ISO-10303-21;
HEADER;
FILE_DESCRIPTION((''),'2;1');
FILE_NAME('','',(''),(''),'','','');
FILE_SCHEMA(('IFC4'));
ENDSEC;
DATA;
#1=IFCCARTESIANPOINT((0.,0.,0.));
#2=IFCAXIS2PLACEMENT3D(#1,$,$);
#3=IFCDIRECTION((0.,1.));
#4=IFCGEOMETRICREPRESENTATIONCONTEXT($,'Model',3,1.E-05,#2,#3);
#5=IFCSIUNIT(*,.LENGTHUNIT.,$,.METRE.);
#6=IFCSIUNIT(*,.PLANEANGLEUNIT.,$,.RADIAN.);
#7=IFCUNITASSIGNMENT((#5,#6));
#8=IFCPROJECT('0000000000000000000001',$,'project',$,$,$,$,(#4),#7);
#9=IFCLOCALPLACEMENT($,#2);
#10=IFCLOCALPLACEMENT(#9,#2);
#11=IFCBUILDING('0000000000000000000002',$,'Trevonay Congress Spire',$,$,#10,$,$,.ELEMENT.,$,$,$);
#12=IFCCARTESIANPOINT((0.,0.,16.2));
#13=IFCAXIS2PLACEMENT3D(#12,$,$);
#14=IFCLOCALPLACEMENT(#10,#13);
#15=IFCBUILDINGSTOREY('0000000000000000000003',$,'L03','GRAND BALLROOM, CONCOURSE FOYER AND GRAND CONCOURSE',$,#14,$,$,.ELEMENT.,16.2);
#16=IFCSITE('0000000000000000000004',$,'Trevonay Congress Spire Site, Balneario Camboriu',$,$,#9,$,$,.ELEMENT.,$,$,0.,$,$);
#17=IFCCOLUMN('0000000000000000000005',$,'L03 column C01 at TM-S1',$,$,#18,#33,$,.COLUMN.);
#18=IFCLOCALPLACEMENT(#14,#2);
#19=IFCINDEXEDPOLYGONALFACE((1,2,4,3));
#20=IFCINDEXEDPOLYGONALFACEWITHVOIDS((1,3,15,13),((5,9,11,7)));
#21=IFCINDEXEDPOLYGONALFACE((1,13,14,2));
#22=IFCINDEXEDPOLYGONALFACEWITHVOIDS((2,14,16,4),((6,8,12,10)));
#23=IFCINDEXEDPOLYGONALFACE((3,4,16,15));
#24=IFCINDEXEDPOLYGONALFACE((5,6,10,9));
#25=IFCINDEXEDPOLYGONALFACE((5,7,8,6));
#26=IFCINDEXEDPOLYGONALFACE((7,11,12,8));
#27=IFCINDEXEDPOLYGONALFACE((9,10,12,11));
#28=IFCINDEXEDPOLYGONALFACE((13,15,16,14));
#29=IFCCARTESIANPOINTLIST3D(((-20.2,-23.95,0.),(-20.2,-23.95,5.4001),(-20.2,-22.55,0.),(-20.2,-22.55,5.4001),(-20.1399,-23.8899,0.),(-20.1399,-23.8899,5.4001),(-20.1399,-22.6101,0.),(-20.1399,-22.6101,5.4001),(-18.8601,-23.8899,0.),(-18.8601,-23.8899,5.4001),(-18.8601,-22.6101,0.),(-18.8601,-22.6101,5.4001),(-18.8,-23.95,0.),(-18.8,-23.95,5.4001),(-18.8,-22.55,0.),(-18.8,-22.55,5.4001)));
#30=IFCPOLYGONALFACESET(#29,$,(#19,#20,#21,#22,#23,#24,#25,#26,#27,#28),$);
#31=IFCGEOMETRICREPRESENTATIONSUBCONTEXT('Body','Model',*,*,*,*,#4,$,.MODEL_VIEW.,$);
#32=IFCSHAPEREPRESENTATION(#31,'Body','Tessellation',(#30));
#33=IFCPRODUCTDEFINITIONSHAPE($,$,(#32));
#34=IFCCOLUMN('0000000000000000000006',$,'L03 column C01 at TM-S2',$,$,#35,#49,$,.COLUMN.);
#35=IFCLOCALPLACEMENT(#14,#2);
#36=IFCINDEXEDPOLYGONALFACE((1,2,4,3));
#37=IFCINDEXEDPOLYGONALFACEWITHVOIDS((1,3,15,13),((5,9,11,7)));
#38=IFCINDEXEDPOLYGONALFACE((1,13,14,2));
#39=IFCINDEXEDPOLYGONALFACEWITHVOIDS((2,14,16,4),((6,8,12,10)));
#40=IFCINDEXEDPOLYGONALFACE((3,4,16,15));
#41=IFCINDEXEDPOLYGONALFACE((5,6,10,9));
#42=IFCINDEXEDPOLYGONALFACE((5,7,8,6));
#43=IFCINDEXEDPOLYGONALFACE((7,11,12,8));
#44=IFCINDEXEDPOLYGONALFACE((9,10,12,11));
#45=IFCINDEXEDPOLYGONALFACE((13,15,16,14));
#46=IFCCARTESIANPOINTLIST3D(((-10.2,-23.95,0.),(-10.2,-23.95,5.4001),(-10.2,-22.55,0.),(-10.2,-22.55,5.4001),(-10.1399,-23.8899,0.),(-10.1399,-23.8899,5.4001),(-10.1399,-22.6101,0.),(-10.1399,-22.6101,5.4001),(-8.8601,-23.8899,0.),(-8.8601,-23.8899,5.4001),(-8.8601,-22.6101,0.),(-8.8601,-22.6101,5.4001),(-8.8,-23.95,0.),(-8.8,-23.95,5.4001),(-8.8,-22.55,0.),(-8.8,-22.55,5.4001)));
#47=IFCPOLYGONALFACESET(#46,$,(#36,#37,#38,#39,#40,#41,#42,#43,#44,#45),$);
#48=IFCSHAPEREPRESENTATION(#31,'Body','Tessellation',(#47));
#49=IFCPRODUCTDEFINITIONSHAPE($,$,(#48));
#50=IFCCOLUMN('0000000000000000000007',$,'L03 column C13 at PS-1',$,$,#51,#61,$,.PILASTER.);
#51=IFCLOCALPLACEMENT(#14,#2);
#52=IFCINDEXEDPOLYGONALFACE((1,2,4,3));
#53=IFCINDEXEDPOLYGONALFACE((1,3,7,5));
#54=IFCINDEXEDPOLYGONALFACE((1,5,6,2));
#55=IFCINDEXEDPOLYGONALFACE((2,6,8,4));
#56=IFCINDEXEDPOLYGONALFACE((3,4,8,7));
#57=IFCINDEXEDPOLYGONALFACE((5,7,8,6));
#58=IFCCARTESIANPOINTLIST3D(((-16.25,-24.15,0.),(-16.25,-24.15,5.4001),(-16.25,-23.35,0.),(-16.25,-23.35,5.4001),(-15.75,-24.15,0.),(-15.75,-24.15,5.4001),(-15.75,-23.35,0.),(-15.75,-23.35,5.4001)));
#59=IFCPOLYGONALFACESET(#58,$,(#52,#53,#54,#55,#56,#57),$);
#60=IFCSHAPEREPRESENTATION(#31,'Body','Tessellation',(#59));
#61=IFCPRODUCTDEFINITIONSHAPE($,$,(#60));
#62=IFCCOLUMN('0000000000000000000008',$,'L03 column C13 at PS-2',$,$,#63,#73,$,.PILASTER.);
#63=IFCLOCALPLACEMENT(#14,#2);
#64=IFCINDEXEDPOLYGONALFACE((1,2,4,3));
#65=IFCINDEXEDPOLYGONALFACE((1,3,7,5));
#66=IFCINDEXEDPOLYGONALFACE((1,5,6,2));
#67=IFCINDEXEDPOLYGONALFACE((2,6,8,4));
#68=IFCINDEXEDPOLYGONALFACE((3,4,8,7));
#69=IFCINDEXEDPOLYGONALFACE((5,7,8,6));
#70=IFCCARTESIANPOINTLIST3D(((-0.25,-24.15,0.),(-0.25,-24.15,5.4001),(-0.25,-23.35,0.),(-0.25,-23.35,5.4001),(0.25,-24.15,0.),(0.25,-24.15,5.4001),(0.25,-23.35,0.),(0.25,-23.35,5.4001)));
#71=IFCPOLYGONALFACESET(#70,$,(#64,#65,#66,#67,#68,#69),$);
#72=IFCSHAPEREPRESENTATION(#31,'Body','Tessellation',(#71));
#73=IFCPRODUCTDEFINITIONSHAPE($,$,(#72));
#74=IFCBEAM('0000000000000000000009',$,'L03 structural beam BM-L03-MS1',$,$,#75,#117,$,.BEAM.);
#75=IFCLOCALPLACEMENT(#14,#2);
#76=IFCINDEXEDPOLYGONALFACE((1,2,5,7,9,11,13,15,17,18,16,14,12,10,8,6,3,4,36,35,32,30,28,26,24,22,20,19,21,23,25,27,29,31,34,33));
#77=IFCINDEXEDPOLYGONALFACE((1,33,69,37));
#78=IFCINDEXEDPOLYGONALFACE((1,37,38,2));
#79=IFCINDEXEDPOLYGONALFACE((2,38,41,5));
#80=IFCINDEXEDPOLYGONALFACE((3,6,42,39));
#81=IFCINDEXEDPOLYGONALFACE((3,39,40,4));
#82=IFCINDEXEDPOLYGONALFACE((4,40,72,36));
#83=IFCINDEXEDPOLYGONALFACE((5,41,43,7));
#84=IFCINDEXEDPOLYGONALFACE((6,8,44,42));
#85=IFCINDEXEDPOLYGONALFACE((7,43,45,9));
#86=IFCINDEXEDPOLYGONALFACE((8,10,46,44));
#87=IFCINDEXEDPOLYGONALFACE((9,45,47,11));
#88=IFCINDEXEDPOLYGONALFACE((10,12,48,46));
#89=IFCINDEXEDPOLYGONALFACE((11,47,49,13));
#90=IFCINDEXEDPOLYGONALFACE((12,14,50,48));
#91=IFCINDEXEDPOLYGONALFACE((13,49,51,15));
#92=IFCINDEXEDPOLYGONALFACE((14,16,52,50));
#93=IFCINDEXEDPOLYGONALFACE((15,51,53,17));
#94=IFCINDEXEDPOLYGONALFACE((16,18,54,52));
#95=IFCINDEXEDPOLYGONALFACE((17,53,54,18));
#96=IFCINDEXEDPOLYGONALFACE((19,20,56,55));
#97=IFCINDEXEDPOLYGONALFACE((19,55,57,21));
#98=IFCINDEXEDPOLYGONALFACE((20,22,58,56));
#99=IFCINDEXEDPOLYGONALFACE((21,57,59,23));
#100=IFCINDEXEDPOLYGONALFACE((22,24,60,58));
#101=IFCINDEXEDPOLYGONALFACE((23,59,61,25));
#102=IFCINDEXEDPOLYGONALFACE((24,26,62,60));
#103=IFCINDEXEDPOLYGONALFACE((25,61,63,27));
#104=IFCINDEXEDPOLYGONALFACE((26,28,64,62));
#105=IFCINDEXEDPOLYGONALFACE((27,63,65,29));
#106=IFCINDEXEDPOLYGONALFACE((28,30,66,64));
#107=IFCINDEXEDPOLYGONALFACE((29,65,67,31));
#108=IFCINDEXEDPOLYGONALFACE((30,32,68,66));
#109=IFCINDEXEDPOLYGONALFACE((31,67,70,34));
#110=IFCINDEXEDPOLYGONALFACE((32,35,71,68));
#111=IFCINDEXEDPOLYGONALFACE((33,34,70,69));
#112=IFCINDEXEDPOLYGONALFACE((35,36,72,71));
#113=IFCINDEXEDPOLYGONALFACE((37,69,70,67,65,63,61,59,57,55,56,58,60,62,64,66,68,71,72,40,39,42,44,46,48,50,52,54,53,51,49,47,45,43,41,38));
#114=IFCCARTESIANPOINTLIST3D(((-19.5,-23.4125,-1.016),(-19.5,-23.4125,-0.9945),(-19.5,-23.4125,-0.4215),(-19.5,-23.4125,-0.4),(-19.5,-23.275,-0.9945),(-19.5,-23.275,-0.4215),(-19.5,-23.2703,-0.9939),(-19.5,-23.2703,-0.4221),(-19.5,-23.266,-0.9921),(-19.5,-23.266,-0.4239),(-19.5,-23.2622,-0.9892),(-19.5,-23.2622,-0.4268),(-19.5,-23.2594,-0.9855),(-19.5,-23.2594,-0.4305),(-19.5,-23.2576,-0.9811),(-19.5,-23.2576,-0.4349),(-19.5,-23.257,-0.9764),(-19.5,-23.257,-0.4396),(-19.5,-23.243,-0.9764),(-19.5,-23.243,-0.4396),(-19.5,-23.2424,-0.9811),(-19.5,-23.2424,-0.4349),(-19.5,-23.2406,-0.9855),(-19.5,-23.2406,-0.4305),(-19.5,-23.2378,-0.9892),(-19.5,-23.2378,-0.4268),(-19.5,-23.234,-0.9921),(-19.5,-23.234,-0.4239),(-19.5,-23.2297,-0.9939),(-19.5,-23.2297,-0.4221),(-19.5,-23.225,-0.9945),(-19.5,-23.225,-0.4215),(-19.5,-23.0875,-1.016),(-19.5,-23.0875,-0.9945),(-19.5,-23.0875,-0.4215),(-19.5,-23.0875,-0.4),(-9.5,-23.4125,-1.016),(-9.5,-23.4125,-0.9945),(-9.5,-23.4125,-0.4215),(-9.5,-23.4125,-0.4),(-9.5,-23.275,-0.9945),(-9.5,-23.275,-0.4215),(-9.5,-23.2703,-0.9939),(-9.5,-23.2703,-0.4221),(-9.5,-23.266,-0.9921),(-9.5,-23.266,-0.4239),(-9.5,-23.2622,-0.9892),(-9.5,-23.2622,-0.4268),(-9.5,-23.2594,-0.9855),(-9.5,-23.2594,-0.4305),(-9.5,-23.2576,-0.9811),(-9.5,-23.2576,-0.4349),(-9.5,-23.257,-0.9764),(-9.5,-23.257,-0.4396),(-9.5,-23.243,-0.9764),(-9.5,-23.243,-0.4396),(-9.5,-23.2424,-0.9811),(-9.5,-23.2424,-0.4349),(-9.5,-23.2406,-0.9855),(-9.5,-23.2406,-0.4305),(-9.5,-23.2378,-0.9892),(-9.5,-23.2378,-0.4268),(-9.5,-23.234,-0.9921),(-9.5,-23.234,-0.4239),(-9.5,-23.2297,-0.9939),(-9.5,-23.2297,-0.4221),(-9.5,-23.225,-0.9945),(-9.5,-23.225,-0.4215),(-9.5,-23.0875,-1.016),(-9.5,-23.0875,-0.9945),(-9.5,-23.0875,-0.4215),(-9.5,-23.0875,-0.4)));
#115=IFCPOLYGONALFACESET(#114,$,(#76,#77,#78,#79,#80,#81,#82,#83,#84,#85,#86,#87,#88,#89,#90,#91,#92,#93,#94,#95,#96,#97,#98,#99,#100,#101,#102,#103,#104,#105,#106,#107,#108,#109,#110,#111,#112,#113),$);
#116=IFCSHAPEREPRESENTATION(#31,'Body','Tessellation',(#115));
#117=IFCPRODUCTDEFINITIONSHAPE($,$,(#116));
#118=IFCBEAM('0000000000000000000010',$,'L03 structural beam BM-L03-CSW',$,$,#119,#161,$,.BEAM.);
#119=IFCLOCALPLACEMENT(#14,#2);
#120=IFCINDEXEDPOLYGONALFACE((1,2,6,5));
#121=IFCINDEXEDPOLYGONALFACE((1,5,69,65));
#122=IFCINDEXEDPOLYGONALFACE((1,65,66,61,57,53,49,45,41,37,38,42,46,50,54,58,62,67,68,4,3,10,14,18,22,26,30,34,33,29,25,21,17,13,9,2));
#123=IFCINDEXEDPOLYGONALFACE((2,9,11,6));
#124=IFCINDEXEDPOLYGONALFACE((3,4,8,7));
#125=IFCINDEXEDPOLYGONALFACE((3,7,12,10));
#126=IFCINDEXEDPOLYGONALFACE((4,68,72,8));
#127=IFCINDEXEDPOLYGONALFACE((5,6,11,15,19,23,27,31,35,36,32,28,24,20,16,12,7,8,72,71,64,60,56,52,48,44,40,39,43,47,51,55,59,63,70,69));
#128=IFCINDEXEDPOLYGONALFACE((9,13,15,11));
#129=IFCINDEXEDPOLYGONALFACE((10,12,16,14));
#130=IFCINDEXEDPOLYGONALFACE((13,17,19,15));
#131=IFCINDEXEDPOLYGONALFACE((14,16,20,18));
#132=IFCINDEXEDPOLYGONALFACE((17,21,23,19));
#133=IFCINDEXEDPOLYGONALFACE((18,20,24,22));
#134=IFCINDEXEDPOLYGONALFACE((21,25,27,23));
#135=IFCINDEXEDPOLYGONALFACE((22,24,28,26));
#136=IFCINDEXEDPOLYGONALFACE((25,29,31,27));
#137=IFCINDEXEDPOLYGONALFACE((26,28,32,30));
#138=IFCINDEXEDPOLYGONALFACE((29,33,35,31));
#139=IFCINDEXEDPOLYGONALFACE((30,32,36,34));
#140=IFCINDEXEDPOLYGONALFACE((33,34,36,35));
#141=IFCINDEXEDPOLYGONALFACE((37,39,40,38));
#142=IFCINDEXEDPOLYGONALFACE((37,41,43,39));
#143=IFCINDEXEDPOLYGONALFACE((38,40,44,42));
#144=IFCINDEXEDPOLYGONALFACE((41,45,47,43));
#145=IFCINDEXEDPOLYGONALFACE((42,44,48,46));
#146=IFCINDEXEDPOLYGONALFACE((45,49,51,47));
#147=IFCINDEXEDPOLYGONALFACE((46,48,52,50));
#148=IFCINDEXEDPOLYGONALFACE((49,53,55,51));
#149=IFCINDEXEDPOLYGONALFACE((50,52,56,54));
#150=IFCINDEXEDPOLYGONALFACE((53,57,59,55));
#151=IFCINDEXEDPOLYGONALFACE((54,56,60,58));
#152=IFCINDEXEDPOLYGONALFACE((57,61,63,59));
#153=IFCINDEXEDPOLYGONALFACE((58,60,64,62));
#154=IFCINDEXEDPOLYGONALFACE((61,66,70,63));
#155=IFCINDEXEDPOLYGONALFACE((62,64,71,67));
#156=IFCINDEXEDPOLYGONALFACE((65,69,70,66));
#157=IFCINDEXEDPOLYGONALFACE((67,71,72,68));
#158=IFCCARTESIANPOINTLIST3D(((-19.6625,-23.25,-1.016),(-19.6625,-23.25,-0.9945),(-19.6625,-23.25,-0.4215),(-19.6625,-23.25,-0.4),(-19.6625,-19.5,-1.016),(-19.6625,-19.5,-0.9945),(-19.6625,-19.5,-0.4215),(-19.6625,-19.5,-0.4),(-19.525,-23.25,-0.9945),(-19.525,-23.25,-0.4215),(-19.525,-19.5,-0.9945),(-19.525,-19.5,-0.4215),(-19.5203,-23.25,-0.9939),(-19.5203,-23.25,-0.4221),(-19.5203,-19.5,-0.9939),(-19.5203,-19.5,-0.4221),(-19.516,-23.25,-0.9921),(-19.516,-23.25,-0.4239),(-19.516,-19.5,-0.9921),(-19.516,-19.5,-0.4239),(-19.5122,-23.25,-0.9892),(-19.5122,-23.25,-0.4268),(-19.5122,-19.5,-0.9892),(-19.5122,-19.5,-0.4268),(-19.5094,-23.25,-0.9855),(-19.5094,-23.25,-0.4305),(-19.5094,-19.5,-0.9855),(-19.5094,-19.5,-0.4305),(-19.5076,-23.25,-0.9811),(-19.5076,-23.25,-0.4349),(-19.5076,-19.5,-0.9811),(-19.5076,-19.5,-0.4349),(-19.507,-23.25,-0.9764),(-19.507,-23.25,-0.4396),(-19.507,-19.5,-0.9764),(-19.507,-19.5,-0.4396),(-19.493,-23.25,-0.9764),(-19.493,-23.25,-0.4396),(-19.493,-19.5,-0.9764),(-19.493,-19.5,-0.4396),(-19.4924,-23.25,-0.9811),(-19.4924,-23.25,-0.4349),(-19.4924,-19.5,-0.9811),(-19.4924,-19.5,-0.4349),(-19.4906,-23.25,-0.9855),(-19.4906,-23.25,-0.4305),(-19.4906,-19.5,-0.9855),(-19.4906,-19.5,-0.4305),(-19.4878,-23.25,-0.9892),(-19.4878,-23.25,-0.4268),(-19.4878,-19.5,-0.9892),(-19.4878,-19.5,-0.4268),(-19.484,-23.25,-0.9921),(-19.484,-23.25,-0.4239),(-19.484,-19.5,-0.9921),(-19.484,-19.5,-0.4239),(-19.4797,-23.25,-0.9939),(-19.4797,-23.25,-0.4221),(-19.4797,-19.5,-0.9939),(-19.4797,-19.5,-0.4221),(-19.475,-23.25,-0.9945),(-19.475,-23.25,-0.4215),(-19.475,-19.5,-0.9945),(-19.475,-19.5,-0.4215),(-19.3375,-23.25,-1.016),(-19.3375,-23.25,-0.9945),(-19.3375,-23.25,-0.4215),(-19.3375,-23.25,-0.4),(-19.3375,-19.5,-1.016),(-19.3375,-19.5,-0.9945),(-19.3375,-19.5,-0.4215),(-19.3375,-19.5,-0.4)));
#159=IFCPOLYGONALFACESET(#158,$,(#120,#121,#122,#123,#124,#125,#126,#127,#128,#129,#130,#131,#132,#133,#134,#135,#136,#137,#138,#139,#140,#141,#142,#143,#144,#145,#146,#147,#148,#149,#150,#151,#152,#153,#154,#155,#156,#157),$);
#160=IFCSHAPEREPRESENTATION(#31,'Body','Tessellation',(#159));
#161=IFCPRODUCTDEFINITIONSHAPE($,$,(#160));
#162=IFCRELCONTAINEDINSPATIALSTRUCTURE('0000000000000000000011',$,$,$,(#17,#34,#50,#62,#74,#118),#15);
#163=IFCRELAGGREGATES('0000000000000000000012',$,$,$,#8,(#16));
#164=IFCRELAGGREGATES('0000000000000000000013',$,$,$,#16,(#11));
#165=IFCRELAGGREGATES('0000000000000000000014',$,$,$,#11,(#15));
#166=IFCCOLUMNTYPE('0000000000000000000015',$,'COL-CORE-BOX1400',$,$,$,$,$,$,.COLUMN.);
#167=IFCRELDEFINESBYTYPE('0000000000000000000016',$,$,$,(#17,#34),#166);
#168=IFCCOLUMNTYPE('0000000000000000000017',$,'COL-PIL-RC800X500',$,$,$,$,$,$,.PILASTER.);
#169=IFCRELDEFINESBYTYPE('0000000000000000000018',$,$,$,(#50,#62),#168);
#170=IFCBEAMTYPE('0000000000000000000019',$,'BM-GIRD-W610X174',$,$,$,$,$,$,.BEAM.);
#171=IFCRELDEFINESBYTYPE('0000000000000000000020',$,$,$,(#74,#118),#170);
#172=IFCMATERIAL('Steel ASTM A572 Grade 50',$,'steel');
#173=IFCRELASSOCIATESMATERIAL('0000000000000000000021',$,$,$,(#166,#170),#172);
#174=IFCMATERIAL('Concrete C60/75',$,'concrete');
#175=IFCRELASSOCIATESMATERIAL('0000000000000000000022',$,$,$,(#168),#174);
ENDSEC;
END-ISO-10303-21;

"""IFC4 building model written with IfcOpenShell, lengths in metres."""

from ifc_helpers import new_model, si_unit, direction, frame, origin, origin_2d, place, context, subcontext, project, spatial, rectangle, hollow_rectangle, i_section, extrude, material, material_profile, profile_set, type_object, element, save


model = new_model("IFC4")

# Units and contexts
model_context = context("Model", 3, precision=1e-05, world=origin(), true_north=direction((0.0, 1.0)))
body_context = subcontext(model_context, "Body", "Model", "MODEL_VIEW")
ifc_project = project(units=[si_unit("LENGTHUNIT", "METRE"), si_unit("PLANEANGLEUNIT", "RADIAN")], contexts=[model_context])

# Site, building, storey
site_placement = place(None, origin())
site = spatial("IfcSite", under=ifc_project, at=site_placement, Name="Trevonay Congress Spire Site, Balneario Camboriu", CompositionType="ELEMENT", RefElevation=0.0)
building_placement = place(site_placement, origin())
building = spatial("IfcBuilding", under=site, at=building_placement, Name="Trevonay Congress Spire", CompositionType="ELEMENT")
storey_placement = place(building_placement, frame((0.0, 0.0, 16.2)))
storey = spatial("IfcBuildingStorey", under=building, at=storey_placement, Name="L03", Description="GRAND BALLROOM, CONCOURSE FOYER AND GRAND CONCOURSE", CompositionType="ELEMENT", Elevation=16.2)

# Columns
ifc_material_1 = material(Name="Steel ASTM A572 Grade 50", Category="steel")
ifc_material_profile_1 = material_profile(ifc_material_1, hollow_rectangle(XDim=1.3999, YDim=1.3999, WallThickness=0.0601, at=origin_2d()), Name="BOX 1400x1400x60")
ifc_profile_set_1 = profile_set([ifc_material_profile_1], Name="Steel ASTM A572 Grade 50")
column_type_1 = type_object("IfcColumnType", Name="COL-CORE-BOX1400", PredefinedType="COLUMN", material=ifc_profile_set_1)
for number, where, z_axis, x_axis, name in (
    (1, (-19.5, -23.25, 0.0), (0.0, 0.0, 1.0), (1.0, 0.0, 0.0), "L03 column C01 at TM-S1"),
    (2, (-9.5, -23.25, 0.0), (0.0, 0.0, 1.0), (1.0, 0.0, 0.0), "L03 column C01 at TM-S2"),
):
    element("IfcColumn", number, at=place(storey_placement, frame(where, z_axis=z_axis, x_axis=x_axis)), inside=storey, type_object=column_type_1, Name=name, PredefinedType="COLUMN", context=body_context, shape_type="SweptSolid", body=[
        extrude(hollow_rectangle(XDim=1.3999, YDim=1.3999, WallThickness=0.0601, at=origin_2d()), origin(), (0.0, 0.0, 1.0), 5.4001),
    ])
ifc_material_2 = material(Name="Concrete C60/75", Category="concrete")
ifc_material_profile_2 = material_profile(ifc_material_2, rectangle(XDim=0.5, YDim=0.8, at=origin_2d()), Name="RC 800x500")
ifc_profile_set_2 = profile_set([ifc_material_profile_2], Name="Concrete C60/75")
column_type_2 = type_object("IfcColumnType", Name="COL-PIL-RC800X500", PredefinedType="PILASTER", material=ifc_profile_set_2)
for number, where, z_axis, x_axis, name in (
    (3, (-16.0, -23.75, 0.0), (0.0, 0.0, 1.0), (1.0, 0.0, 0.0), "L03 column C13 at PS-1"),
    (4, (0.0, -23.75, 0.0), (0.0, 0.0, 1.0), (1.0, 0.0, 0.0), "L03 column C13 at PS-2"),
):
    element("IfcColumn", number, at=place(storey_placement, frame(where, z_axis=z_axis, x_axis=x_axis)), inside=storey, type_object=column_type_2, Name=name, PredefinedType="PILASTER", context=body_context, shape_type="SweptSolid", body=[
        extrude(rectangle(XDim=0.5, YDim=0.8, at=origin_2d()), origin(), (0.0, 0.0, 1.0), 5.4001),
    ])

# Beams
ifc_material_profile_3 = material_profile(ifc_material_1, i_section(OverallWidth=0.325, OverallDepth=0.616, WebThickness=0.0139, FlangeThickness=0.0215, FilletRadius=0.0181, at=origin_2d()), Name="W610x174")
ifc_profile_set_3 = profile_set([ifc_material_profile_3], Name="Steel ASTM A572 Grade 50")
beam_type_1 = type_object("IfcBeamType", Name="BM-GIRD-W610X174", PredefinedType="BEAM", material=ifc_profile_set_3)
beam_1_placement = place(storey_placement, frame((-19.5, -23.25, -0.708), z_axis=(1.0, 0.0, 0.0), x_axis=(0.0, 1.0, 0.0)))
element("IfcBeam", 5, at=beam_1_placement, inside=storey, type_object=beam_type_1, Name="L03 structural beam BM-L03-MS1", PredefinedType="BEAM", context=body_context, shape_type="SweptSolid", body=[
    extrude(i_section(OverallWidth=0.325, OverallDepth=0.616, WebThickness=0.0139, FlangeThickness=0.0215, FilletRadius=0.0181, at=origin_2d()), origin(), (0.0, 0.0, 1.0), 10.0),
])
beam_2_placement = place(storey_placement, frame((-19.5, -23.25, -0.708), z_axis=(0.0, 1.0, 0.0), x_axis=(-1.0, 0.0, 0.0)))
element("IfcBeam", 6, at=beam_2_placement, inside=storey, type_object=beam_type_1, Name="L03 structural beam BM-L03-CSW", PredefinedType="BEAM", context=body_context, shape_type="SweptSolid", body=[
    extrude(i_section(OverallWidth=0.325, OverallDepth=0.616, WebThickness=0.0139, FlangeThickness=0.0215, FilletRadius=0.0181, at=origin_2d()), origin(), (0.0, 0.0, 1.0), 3.75),
])

save(model, "model.ifc")
